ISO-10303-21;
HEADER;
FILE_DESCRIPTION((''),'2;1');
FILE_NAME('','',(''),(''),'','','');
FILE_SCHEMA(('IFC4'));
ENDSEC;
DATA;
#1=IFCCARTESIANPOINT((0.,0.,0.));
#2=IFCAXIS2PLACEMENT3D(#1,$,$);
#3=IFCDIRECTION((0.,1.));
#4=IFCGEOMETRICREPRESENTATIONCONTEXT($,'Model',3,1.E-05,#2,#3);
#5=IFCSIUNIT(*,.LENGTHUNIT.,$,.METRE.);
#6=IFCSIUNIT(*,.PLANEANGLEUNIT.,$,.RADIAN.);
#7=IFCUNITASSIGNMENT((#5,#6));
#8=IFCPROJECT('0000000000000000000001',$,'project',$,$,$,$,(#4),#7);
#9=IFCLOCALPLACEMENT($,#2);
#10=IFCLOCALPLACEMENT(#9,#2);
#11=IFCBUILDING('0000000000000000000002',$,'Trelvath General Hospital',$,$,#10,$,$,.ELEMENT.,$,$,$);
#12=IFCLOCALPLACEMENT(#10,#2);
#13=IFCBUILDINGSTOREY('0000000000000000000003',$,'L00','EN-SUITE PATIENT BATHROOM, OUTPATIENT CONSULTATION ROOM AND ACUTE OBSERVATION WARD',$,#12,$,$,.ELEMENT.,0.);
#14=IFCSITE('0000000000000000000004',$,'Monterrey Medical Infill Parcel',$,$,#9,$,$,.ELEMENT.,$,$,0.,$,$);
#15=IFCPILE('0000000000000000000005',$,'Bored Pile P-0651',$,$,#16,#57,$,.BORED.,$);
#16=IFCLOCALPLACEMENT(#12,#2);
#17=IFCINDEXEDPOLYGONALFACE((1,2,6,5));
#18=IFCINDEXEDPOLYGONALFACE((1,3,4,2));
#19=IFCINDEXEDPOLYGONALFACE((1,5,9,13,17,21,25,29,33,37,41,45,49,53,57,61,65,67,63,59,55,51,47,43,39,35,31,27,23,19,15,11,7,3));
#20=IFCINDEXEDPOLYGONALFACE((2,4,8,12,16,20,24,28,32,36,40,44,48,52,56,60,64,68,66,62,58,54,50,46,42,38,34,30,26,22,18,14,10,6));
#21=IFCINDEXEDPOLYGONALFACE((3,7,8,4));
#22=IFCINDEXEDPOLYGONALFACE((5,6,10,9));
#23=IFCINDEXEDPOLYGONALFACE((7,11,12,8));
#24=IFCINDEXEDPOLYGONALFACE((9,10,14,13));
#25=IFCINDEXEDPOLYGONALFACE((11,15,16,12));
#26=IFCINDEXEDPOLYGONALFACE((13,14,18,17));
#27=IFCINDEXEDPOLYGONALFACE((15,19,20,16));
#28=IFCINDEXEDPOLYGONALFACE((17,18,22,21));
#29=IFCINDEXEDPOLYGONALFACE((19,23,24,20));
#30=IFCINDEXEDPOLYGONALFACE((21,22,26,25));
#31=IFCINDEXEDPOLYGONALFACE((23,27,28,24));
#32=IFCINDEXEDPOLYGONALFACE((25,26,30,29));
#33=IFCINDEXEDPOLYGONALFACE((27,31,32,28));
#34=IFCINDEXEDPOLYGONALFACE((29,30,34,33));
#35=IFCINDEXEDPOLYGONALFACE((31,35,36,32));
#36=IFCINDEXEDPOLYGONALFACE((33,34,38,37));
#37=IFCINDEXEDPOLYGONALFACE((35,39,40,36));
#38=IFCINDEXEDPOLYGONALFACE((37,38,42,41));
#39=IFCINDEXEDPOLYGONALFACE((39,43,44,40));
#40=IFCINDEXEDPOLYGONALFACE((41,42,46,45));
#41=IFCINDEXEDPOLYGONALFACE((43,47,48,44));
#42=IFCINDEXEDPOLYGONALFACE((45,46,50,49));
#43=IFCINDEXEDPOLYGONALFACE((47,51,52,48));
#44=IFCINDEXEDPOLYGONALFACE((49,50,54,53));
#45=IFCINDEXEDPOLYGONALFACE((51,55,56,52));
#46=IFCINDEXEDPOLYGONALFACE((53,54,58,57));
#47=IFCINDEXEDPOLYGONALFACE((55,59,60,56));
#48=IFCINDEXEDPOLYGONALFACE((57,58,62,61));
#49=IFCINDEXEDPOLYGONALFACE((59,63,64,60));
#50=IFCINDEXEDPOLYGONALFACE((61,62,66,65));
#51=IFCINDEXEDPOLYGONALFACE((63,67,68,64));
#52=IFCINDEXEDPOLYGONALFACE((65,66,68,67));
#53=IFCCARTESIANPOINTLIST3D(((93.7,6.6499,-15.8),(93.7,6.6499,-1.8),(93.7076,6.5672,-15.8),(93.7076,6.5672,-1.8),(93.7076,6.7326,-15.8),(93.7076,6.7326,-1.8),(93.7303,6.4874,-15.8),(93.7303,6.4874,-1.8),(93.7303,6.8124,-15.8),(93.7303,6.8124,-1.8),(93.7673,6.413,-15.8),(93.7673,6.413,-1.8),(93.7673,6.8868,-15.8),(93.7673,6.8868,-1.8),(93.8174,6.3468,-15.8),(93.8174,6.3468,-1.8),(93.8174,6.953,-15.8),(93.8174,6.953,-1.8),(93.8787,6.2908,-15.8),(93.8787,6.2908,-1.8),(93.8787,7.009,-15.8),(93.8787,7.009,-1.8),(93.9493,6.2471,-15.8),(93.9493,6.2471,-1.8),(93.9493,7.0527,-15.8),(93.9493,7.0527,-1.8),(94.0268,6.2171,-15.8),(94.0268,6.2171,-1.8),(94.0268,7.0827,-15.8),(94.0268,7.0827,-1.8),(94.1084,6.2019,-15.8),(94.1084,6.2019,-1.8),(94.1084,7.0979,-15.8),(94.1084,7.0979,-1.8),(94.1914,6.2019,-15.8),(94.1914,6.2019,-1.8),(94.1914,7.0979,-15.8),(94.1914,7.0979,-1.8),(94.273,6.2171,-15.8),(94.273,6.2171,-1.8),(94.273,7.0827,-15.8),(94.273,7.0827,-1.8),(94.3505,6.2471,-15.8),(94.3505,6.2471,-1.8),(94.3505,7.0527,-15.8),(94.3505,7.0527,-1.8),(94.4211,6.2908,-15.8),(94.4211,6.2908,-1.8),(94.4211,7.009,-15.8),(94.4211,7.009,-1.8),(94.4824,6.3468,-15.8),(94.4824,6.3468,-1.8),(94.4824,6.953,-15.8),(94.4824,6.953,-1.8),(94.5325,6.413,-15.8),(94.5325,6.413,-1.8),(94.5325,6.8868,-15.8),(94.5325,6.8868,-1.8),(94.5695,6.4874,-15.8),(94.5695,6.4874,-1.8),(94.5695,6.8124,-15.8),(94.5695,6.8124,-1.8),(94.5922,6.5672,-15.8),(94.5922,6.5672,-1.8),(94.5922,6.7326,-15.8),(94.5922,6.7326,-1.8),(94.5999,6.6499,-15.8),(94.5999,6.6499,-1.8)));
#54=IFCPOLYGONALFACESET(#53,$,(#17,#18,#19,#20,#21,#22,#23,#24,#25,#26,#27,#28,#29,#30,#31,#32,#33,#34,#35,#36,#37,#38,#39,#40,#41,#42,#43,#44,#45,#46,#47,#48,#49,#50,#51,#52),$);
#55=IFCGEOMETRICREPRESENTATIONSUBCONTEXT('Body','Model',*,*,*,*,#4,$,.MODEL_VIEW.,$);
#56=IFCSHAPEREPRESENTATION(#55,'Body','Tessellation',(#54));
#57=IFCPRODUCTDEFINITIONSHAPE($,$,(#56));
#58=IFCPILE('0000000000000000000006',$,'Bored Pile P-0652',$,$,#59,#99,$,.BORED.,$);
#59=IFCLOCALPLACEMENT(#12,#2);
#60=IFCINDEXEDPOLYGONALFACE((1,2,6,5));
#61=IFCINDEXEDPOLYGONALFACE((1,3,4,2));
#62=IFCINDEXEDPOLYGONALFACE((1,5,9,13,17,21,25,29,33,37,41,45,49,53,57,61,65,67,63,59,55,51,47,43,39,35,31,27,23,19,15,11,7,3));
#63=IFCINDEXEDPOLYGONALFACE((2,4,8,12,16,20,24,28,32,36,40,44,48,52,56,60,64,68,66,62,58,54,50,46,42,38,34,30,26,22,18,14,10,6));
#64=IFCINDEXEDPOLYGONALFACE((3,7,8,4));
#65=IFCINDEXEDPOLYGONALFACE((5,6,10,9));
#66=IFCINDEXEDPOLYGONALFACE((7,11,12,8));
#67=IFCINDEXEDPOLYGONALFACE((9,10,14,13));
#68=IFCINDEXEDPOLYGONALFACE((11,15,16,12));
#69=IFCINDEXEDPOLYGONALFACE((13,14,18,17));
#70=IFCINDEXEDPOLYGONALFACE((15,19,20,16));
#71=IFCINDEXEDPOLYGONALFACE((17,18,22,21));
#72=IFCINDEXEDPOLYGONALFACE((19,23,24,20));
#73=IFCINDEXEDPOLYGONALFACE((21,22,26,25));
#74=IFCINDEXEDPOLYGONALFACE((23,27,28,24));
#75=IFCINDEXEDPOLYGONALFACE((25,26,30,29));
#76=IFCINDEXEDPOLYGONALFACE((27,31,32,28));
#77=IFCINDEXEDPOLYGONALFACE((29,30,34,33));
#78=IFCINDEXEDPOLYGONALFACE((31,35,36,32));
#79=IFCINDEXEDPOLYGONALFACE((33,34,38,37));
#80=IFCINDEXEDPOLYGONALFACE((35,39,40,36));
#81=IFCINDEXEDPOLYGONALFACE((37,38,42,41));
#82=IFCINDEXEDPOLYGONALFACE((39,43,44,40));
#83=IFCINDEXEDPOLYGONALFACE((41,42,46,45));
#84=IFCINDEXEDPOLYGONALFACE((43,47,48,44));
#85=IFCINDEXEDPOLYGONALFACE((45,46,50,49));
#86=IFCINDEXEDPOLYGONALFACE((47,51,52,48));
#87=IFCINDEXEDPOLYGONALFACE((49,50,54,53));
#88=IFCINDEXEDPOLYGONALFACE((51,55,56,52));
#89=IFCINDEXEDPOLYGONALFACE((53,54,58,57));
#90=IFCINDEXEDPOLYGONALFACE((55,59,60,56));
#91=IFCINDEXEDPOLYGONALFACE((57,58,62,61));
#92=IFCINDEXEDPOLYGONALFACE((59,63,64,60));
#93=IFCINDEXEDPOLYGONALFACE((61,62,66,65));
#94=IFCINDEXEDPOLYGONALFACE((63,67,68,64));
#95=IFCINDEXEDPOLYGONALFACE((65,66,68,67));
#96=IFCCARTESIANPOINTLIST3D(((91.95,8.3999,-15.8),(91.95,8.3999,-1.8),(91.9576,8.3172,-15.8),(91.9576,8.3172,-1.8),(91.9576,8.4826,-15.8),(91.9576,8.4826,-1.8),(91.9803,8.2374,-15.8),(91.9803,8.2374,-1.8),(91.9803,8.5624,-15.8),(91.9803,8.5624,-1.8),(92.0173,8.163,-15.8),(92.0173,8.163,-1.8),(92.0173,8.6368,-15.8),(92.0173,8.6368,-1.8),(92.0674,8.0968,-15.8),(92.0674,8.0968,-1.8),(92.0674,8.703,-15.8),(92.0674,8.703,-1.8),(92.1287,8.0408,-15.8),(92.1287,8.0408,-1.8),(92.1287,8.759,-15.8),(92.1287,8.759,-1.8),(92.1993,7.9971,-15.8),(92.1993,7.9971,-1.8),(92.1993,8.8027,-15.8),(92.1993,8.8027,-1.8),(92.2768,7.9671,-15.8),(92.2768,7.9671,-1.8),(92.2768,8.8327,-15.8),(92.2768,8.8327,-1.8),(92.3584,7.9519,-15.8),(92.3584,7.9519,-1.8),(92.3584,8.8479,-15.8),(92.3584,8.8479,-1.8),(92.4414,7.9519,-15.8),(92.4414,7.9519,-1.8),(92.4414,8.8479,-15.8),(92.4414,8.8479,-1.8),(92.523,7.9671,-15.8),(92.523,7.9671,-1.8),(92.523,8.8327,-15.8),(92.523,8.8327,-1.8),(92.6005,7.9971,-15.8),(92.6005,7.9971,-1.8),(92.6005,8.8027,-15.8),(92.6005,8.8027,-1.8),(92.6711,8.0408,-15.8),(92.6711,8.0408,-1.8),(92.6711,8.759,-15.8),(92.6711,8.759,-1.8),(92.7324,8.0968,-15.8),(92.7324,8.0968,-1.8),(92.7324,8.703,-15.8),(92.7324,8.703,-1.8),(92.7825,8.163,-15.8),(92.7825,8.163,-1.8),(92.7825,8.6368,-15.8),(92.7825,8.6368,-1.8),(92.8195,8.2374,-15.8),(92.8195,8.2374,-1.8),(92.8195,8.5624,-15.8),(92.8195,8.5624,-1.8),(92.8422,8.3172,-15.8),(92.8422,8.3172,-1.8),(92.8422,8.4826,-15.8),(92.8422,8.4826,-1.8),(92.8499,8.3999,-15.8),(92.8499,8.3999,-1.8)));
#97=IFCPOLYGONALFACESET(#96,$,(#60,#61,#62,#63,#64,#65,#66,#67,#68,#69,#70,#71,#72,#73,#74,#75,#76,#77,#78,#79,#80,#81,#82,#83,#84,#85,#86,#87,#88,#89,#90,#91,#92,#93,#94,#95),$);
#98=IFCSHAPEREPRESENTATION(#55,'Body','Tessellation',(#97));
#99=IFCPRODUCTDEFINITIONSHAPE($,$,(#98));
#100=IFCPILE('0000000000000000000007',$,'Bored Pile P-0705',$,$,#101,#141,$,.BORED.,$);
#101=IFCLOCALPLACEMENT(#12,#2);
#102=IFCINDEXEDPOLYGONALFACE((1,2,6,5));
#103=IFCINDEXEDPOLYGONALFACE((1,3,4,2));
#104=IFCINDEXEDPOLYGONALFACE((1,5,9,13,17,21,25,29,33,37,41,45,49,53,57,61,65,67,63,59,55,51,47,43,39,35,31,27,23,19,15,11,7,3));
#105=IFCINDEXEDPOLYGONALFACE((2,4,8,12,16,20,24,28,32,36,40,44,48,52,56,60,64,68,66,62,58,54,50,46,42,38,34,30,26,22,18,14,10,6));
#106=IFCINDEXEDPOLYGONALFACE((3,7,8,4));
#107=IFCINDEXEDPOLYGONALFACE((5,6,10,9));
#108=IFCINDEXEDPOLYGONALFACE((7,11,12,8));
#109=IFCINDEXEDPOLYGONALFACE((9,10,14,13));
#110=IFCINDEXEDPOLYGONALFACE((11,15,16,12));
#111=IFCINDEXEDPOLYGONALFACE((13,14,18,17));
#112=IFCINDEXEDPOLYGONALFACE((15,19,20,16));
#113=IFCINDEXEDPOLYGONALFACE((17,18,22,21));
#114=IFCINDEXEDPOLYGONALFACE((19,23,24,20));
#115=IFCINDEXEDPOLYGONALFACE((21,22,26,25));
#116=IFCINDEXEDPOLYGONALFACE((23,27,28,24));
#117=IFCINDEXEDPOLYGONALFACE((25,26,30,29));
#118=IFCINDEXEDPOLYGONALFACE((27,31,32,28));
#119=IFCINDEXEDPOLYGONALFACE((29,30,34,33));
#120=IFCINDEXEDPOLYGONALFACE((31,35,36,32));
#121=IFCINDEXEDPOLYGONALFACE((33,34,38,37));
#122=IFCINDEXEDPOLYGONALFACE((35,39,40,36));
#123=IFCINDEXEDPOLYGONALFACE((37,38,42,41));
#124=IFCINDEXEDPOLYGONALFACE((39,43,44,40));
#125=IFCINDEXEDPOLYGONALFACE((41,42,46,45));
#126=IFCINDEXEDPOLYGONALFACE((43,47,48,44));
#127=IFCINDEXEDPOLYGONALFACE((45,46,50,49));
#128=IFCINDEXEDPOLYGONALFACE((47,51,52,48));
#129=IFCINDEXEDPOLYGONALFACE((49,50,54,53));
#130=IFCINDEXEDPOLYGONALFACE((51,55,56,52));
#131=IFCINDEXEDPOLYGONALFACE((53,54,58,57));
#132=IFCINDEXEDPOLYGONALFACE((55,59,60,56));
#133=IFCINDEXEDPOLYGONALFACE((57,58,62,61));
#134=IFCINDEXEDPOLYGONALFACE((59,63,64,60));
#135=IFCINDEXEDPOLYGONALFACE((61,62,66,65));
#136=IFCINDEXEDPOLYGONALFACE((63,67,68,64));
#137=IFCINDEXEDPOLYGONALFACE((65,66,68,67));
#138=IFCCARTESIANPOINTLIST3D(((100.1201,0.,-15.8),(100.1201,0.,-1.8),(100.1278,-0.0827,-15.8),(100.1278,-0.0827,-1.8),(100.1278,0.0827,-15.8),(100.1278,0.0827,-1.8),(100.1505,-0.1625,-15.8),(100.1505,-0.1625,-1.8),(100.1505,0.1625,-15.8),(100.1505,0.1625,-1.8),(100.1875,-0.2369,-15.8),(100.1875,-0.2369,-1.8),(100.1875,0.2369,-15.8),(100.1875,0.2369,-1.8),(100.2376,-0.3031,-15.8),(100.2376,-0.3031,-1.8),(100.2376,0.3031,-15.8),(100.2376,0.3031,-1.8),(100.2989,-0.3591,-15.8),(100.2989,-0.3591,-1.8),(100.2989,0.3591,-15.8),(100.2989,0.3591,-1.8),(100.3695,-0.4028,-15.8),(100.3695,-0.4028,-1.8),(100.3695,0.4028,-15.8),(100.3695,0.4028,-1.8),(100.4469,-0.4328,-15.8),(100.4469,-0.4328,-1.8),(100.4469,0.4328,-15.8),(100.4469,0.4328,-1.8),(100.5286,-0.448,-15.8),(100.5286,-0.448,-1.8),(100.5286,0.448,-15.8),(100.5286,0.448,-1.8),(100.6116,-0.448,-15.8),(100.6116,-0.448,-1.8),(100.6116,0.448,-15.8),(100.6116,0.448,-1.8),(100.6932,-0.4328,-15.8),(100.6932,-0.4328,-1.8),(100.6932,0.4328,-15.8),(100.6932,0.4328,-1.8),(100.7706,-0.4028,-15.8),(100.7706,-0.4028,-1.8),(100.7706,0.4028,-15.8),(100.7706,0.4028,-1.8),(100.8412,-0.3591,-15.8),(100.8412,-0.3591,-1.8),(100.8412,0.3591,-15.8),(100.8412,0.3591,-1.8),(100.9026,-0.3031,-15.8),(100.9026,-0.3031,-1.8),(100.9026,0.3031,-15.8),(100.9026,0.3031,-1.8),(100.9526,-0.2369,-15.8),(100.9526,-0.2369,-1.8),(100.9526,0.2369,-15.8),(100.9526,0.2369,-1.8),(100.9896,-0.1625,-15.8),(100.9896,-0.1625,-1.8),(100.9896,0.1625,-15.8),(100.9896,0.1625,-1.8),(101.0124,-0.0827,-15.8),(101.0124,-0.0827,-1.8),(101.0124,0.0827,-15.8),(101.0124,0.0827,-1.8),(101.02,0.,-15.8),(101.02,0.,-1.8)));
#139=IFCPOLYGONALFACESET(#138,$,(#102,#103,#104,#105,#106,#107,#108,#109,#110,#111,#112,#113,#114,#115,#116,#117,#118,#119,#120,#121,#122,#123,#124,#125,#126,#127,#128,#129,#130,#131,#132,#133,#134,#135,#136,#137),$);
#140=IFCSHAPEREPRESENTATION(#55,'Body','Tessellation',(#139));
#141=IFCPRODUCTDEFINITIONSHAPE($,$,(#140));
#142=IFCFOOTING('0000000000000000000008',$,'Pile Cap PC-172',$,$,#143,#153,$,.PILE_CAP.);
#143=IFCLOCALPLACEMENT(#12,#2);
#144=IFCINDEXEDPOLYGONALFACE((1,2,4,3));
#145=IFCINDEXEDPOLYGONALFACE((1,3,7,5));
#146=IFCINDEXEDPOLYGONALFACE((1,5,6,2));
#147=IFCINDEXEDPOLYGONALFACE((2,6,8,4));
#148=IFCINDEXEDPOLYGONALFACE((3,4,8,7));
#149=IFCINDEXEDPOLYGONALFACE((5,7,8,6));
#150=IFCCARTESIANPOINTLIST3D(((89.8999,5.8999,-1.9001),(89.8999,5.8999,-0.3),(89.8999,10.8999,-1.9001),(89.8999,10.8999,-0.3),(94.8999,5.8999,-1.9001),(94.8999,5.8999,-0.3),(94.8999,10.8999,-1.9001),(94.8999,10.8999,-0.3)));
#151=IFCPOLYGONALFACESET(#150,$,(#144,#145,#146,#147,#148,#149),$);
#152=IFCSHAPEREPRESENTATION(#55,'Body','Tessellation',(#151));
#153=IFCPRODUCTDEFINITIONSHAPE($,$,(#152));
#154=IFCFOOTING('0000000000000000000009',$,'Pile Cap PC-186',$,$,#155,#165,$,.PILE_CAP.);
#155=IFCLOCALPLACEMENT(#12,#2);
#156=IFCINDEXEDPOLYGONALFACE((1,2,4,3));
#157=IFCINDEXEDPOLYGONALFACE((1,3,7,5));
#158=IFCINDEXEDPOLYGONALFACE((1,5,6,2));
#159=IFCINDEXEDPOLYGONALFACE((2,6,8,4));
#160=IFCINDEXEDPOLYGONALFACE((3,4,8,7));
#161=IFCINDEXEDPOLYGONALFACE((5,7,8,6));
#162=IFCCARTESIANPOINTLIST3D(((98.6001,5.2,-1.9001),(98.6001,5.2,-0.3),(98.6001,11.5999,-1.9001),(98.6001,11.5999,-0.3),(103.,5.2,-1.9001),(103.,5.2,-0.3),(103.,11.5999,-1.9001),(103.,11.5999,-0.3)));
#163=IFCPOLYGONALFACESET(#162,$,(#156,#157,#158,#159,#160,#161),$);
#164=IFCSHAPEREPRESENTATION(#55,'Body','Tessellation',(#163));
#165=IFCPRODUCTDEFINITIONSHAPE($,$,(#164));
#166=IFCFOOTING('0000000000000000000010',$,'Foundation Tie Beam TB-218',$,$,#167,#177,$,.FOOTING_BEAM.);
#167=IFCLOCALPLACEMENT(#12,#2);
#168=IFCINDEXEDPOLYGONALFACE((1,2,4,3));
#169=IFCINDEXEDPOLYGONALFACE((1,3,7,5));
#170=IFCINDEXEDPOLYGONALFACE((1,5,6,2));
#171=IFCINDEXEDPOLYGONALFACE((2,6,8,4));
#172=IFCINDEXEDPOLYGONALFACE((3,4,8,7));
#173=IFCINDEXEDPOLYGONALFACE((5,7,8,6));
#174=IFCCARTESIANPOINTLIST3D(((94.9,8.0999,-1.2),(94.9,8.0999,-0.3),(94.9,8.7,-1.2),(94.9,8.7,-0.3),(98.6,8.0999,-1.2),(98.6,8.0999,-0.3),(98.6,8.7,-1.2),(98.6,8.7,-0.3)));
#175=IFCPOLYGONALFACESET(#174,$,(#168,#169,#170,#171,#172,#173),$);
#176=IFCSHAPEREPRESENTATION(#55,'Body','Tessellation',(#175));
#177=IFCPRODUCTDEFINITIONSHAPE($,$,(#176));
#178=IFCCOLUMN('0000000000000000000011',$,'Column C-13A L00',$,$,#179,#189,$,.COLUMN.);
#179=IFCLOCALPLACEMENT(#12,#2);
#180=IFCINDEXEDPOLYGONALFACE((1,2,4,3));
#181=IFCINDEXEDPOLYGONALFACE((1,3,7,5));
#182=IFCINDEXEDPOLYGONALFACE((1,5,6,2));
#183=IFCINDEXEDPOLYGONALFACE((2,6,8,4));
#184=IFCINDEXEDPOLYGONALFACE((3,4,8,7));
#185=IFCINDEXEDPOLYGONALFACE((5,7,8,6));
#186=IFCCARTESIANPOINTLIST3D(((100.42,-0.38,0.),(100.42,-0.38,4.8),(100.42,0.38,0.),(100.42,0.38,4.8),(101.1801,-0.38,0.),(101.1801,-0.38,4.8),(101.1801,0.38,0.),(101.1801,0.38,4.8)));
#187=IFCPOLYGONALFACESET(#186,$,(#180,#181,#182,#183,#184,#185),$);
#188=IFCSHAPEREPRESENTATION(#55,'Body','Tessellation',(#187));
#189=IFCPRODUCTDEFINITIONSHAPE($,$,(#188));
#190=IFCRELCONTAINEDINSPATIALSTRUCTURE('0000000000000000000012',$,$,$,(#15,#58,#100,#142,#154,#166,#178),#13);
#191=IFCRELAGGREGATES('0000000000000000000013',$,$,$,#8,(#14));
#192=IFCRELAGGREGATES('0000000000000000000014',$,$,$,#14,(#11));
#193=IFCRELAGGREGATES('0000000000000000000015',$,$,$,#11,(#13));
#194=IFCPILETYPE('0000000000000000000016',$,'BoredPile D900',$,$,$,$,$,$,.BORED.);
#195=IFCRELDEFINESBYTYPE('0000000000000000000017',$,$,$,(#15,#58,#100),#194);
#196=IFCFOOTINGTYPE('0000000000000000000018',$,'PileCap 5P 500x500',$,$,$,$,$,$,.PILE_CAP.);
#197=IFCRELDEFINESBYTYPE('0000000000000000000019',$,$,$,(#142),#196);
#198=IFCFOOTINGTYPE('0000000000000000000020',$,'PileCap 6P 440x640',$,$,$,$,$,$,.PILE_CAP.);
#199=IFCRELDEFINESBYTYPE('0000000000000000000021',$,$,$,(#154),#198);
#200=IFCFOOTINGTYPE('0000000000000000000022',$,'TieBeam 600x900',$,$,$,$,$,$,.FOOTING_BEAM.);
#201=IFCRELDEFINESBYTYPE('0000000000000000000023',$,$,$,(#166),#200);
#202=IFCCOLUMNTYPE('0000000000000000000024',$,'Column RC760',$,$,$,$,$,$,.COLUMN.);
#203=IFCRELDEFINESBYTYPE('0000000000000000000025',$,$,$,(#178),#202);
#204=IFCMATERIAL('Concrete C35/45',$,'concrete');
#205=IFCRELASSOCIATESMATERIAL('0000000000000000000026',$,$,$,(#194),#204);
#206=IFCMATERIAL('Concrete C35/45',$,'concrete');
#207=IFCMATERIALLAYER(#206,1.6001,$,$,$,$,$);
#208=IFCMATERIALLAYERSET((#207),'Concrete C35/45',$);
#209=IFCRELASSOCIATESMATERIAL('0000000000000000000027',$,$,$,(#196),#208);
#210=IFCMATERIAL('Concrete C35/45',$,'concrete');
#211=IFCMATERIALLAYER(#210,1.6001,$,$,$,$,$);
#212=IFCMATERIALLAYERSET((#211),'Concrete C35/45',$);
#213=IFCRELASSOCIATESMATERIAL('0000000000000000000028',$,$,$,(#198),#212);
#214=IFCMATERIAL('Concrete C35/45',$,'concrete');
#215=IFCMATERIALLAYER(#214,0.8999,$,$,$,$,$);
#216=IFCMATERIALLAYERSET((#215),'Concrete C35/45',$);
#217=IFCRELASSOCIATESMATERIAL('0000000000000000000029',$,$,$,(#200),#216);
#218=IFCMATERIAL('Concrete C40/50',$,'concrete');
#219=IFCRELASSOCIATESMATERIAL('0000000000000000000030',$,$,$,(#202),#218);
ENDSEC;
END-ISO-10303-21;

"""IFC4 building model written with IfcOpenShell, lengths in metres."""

from ifc_helpers import new_model, si_unit, direction, frame, origin, origin_2d, place, context, subcontext, project, spatial, rectangle, circle, extrude, material, layer, layer_set, material_profile, profile_set, type_object, element, save


model = new_model("IFC4")

# Units and contexts
model_context = context("Model", 3, precision=1e-05, world=origin(), true_north=direction((0.0, 1.0)))
body_context = subcontext(model_context, "Body", "Model", "MODEL_VIEW")
ifc_project = project(units=[si_unit("LENGTHUNIT", "METRE"), si_unit("PLANEANGLEUNIT", "RADIAN")], contexts=[model_context])

# Site, building, storey
site_placement = place(None, origin())
site = spatial("IfcSite", under=ifc_project, at=site_placement, Name="Monterrey Medical Infill Parcel", CompositionType="ELEMENT", RefElevation=0.0)
building_placement = place(site_placement, origin())
building = spatial("IfcBuilding", under=site, at=building_placement, Name="Trelvath General Hospital", CompositionType="ELEMENT")
storey_placement = place(building_placement, origin())
storey = spatial("IfcBuildingStorey", under=building, at=storey_placement, Name="L00", Description="EN-SUITE PATIENT BATHROOM, OUTPATIENT CONSULTATION ROOM AND ACUTE OBSERVATION WARD", CompositionType="ELEMENT", Elevation=0.0)

# Piles
ifc_material_1 = material(Name="Concrete C35/45", Category="concrete")
ifc_material_profile_1 = material_profile(ifc_material_1, circle(Radius=0.45, at=origin_2d()), Name="PILE900")
ifc_profile_set_1 = profile_set([ifc_material_profile_1], Name="Concrete C35/45")
pile_type_1 = type_object("IfcPileType", Name="BoredPile D900", PredefinedType="BORED", material=ifc_profile_set_1)
for number, where, z_axis, x_axis, name in (
    (1, (94.1499, 6.6499, -1.8), (0.0, 0.0, -1.0), (1.0, 0.0, 0.0), "Bored Pile P-0651"),
    (2, (92.3999, 8.3999, -1.8), (0.0, 0.0, -1.0), (1.0, 0.0, 0.0), "Bored Pile P-0652"),
    (3, (100.5701, 0.0, -1.8), (0.0, 0.0, -1.0), (1.0, 0.0, 0.0), "Bored Pile P-0705"),
):
    element("IfcPile", number, at=place(storey_placement, frame(where, z_axis=z_axis, x_axis=x_axis)), inside=storey, type_object=pile_type_1, Name=name, PredefinedType="BORED", context=body_context, shape_type="SweptSolid", body=[
        extrude(circle(Radius=0.45, at=origin_2d()), origin(), (0.0, 0.0, 1.0), 14.0),
    ])

# Footings
ifc_material_2 = material(Name="Concrete C35/45", Category="concrete")
ifc_layer_1 = layer(ifc_material_2, 1.6001)
ifc_layer_set_1 = layer_set([ifc_layer_1], Name="Concrete C35/45")
footing_type_1 = type_object("IfcFootingType", Name="PileCap 5P 500x500", PredefinedType="PILE_CAP", material=ifc_layer_set_1)
footing_1_placement = place(storey_placement, frame((92.3999, 8.3999, -1.9001), z_axis=(0.0, 0.0, 1.0), x_axis=(1.0, 0.0, 0.0)))
element("IfcFooting", 4, at=footing_1_placement, inside=storey, type_object=footing_type_1, Name="Pile Cap PC-172", PredefinedType="PILE_CAP", context=body_context, shape_type="SweptSolid", body=[
    extrude(rectangle(XDim=5.0, YDim=5.0, at=origin_2d()), origin(), (0.0, 0.0, 1.0), 1.6001),
])
ifc_material_3 = material(Name="Concrete C35/45", Category="concrete")
ifc_layer_2 = layer(ifc_material_3, 1.6001)
ifc_layer_set_2 = layer_set([ifc_layer_2], Name="Concrete C35/45")
footing_type_2 = type_object("IfcFootingType", Name="PileCap 6P 440x640", PredefinedType="PILE_CAP", material=ifc_layer_set_2)
footing_2_placement = place(storey_placement, frame((100.8, 8.3999, -1.9001), z_axis=(0.0, 0.0, 1.0), x_axis=(1.0, 0.0, 0.0)))
element("IfcFooting", 5, at=footing_2_placement, inside=storey, type_object=footing_type_2, Name="Pile Cap PC-186", PredefinedType="PILE_CAP", context=body_context, shape_type="SweptSolid", body=[
    extrude(rectangle(XDim=4.3999, YDim=6.3999, at=origin_2d()), origin(), (0.0, 0.0, 1.0), 1.6001),
])
ifc_material_4 = material(Name="Concrete C35/45", Category="concrete")
ifc_layer_3 = layer(ifc_material_4, 0.8999)
ifc_layer_set_3 = layer_set([ifc_layer_3], Name="Concrete C35/45")
footing_type_3 = type_object("IfcFootingType", Name="TieBeam 600x900", PredefinedType="FOOTING_BEAM", material=ifc_layer_set_3)
footing_3_placement = place(storey_placement, frame((96.75, 8.3999, -1.2), z_axis=(0.0, 0.0, 1.0), x_axis=(1.0, 0.0, 0.0)))
element("IfcFooting", 6, at=footing_3_placement, inside=storey, type_object=footing_type_3, Name="Foundation Tie Beam TB-218", PredefinedType="FOOTING_BEAM", context=body_context, shape_type="SweptSolid", body=[
    extrude(rectangle(XDim=3.7, YDim=0.6001, at=origin_2d()), origin(), (0.0, 0.0, 1.0), 0.8999),
])

# Column
ifc_material_5 = material(Name="Concrete C40/50", Category="concrete")
ifc_material_profile_2 = material_profile(ifc_material_5, rectangle(XDim=0.76, YDim=0.76, at=origin_2d()), Name="RC760x760")
ifc_profile_set_2 = profile_set([ifc_material_profile_2], Name="Concrete C40/50")
column_type_1 = type_object("IfcColumnType", Name="Column RC760", PredefinedType="COLUMN", material=ifc_profile_set_2)
column_1_placement = place(storey_placement, frame((100.8, 0.0, 0.0), z_axis=(0.0, 0.0, 1.0), x_axis=(1.0, 0.0, 0.0)))
element("IfcColumn", 7, at=column_1_placement, inside=storey, type_object=column_type_1, Name="Column C-13A L00", PredefinedType="COLUMN", context=body_context, shape_type="SweptSolid", body=[
    extrude(rectangle(XDim=0.76, YDim=0.76, at=origin_2d()), origin(), (0.0, 0.0, 1.0), 4.8),
])

save(model, "model.ifc")
